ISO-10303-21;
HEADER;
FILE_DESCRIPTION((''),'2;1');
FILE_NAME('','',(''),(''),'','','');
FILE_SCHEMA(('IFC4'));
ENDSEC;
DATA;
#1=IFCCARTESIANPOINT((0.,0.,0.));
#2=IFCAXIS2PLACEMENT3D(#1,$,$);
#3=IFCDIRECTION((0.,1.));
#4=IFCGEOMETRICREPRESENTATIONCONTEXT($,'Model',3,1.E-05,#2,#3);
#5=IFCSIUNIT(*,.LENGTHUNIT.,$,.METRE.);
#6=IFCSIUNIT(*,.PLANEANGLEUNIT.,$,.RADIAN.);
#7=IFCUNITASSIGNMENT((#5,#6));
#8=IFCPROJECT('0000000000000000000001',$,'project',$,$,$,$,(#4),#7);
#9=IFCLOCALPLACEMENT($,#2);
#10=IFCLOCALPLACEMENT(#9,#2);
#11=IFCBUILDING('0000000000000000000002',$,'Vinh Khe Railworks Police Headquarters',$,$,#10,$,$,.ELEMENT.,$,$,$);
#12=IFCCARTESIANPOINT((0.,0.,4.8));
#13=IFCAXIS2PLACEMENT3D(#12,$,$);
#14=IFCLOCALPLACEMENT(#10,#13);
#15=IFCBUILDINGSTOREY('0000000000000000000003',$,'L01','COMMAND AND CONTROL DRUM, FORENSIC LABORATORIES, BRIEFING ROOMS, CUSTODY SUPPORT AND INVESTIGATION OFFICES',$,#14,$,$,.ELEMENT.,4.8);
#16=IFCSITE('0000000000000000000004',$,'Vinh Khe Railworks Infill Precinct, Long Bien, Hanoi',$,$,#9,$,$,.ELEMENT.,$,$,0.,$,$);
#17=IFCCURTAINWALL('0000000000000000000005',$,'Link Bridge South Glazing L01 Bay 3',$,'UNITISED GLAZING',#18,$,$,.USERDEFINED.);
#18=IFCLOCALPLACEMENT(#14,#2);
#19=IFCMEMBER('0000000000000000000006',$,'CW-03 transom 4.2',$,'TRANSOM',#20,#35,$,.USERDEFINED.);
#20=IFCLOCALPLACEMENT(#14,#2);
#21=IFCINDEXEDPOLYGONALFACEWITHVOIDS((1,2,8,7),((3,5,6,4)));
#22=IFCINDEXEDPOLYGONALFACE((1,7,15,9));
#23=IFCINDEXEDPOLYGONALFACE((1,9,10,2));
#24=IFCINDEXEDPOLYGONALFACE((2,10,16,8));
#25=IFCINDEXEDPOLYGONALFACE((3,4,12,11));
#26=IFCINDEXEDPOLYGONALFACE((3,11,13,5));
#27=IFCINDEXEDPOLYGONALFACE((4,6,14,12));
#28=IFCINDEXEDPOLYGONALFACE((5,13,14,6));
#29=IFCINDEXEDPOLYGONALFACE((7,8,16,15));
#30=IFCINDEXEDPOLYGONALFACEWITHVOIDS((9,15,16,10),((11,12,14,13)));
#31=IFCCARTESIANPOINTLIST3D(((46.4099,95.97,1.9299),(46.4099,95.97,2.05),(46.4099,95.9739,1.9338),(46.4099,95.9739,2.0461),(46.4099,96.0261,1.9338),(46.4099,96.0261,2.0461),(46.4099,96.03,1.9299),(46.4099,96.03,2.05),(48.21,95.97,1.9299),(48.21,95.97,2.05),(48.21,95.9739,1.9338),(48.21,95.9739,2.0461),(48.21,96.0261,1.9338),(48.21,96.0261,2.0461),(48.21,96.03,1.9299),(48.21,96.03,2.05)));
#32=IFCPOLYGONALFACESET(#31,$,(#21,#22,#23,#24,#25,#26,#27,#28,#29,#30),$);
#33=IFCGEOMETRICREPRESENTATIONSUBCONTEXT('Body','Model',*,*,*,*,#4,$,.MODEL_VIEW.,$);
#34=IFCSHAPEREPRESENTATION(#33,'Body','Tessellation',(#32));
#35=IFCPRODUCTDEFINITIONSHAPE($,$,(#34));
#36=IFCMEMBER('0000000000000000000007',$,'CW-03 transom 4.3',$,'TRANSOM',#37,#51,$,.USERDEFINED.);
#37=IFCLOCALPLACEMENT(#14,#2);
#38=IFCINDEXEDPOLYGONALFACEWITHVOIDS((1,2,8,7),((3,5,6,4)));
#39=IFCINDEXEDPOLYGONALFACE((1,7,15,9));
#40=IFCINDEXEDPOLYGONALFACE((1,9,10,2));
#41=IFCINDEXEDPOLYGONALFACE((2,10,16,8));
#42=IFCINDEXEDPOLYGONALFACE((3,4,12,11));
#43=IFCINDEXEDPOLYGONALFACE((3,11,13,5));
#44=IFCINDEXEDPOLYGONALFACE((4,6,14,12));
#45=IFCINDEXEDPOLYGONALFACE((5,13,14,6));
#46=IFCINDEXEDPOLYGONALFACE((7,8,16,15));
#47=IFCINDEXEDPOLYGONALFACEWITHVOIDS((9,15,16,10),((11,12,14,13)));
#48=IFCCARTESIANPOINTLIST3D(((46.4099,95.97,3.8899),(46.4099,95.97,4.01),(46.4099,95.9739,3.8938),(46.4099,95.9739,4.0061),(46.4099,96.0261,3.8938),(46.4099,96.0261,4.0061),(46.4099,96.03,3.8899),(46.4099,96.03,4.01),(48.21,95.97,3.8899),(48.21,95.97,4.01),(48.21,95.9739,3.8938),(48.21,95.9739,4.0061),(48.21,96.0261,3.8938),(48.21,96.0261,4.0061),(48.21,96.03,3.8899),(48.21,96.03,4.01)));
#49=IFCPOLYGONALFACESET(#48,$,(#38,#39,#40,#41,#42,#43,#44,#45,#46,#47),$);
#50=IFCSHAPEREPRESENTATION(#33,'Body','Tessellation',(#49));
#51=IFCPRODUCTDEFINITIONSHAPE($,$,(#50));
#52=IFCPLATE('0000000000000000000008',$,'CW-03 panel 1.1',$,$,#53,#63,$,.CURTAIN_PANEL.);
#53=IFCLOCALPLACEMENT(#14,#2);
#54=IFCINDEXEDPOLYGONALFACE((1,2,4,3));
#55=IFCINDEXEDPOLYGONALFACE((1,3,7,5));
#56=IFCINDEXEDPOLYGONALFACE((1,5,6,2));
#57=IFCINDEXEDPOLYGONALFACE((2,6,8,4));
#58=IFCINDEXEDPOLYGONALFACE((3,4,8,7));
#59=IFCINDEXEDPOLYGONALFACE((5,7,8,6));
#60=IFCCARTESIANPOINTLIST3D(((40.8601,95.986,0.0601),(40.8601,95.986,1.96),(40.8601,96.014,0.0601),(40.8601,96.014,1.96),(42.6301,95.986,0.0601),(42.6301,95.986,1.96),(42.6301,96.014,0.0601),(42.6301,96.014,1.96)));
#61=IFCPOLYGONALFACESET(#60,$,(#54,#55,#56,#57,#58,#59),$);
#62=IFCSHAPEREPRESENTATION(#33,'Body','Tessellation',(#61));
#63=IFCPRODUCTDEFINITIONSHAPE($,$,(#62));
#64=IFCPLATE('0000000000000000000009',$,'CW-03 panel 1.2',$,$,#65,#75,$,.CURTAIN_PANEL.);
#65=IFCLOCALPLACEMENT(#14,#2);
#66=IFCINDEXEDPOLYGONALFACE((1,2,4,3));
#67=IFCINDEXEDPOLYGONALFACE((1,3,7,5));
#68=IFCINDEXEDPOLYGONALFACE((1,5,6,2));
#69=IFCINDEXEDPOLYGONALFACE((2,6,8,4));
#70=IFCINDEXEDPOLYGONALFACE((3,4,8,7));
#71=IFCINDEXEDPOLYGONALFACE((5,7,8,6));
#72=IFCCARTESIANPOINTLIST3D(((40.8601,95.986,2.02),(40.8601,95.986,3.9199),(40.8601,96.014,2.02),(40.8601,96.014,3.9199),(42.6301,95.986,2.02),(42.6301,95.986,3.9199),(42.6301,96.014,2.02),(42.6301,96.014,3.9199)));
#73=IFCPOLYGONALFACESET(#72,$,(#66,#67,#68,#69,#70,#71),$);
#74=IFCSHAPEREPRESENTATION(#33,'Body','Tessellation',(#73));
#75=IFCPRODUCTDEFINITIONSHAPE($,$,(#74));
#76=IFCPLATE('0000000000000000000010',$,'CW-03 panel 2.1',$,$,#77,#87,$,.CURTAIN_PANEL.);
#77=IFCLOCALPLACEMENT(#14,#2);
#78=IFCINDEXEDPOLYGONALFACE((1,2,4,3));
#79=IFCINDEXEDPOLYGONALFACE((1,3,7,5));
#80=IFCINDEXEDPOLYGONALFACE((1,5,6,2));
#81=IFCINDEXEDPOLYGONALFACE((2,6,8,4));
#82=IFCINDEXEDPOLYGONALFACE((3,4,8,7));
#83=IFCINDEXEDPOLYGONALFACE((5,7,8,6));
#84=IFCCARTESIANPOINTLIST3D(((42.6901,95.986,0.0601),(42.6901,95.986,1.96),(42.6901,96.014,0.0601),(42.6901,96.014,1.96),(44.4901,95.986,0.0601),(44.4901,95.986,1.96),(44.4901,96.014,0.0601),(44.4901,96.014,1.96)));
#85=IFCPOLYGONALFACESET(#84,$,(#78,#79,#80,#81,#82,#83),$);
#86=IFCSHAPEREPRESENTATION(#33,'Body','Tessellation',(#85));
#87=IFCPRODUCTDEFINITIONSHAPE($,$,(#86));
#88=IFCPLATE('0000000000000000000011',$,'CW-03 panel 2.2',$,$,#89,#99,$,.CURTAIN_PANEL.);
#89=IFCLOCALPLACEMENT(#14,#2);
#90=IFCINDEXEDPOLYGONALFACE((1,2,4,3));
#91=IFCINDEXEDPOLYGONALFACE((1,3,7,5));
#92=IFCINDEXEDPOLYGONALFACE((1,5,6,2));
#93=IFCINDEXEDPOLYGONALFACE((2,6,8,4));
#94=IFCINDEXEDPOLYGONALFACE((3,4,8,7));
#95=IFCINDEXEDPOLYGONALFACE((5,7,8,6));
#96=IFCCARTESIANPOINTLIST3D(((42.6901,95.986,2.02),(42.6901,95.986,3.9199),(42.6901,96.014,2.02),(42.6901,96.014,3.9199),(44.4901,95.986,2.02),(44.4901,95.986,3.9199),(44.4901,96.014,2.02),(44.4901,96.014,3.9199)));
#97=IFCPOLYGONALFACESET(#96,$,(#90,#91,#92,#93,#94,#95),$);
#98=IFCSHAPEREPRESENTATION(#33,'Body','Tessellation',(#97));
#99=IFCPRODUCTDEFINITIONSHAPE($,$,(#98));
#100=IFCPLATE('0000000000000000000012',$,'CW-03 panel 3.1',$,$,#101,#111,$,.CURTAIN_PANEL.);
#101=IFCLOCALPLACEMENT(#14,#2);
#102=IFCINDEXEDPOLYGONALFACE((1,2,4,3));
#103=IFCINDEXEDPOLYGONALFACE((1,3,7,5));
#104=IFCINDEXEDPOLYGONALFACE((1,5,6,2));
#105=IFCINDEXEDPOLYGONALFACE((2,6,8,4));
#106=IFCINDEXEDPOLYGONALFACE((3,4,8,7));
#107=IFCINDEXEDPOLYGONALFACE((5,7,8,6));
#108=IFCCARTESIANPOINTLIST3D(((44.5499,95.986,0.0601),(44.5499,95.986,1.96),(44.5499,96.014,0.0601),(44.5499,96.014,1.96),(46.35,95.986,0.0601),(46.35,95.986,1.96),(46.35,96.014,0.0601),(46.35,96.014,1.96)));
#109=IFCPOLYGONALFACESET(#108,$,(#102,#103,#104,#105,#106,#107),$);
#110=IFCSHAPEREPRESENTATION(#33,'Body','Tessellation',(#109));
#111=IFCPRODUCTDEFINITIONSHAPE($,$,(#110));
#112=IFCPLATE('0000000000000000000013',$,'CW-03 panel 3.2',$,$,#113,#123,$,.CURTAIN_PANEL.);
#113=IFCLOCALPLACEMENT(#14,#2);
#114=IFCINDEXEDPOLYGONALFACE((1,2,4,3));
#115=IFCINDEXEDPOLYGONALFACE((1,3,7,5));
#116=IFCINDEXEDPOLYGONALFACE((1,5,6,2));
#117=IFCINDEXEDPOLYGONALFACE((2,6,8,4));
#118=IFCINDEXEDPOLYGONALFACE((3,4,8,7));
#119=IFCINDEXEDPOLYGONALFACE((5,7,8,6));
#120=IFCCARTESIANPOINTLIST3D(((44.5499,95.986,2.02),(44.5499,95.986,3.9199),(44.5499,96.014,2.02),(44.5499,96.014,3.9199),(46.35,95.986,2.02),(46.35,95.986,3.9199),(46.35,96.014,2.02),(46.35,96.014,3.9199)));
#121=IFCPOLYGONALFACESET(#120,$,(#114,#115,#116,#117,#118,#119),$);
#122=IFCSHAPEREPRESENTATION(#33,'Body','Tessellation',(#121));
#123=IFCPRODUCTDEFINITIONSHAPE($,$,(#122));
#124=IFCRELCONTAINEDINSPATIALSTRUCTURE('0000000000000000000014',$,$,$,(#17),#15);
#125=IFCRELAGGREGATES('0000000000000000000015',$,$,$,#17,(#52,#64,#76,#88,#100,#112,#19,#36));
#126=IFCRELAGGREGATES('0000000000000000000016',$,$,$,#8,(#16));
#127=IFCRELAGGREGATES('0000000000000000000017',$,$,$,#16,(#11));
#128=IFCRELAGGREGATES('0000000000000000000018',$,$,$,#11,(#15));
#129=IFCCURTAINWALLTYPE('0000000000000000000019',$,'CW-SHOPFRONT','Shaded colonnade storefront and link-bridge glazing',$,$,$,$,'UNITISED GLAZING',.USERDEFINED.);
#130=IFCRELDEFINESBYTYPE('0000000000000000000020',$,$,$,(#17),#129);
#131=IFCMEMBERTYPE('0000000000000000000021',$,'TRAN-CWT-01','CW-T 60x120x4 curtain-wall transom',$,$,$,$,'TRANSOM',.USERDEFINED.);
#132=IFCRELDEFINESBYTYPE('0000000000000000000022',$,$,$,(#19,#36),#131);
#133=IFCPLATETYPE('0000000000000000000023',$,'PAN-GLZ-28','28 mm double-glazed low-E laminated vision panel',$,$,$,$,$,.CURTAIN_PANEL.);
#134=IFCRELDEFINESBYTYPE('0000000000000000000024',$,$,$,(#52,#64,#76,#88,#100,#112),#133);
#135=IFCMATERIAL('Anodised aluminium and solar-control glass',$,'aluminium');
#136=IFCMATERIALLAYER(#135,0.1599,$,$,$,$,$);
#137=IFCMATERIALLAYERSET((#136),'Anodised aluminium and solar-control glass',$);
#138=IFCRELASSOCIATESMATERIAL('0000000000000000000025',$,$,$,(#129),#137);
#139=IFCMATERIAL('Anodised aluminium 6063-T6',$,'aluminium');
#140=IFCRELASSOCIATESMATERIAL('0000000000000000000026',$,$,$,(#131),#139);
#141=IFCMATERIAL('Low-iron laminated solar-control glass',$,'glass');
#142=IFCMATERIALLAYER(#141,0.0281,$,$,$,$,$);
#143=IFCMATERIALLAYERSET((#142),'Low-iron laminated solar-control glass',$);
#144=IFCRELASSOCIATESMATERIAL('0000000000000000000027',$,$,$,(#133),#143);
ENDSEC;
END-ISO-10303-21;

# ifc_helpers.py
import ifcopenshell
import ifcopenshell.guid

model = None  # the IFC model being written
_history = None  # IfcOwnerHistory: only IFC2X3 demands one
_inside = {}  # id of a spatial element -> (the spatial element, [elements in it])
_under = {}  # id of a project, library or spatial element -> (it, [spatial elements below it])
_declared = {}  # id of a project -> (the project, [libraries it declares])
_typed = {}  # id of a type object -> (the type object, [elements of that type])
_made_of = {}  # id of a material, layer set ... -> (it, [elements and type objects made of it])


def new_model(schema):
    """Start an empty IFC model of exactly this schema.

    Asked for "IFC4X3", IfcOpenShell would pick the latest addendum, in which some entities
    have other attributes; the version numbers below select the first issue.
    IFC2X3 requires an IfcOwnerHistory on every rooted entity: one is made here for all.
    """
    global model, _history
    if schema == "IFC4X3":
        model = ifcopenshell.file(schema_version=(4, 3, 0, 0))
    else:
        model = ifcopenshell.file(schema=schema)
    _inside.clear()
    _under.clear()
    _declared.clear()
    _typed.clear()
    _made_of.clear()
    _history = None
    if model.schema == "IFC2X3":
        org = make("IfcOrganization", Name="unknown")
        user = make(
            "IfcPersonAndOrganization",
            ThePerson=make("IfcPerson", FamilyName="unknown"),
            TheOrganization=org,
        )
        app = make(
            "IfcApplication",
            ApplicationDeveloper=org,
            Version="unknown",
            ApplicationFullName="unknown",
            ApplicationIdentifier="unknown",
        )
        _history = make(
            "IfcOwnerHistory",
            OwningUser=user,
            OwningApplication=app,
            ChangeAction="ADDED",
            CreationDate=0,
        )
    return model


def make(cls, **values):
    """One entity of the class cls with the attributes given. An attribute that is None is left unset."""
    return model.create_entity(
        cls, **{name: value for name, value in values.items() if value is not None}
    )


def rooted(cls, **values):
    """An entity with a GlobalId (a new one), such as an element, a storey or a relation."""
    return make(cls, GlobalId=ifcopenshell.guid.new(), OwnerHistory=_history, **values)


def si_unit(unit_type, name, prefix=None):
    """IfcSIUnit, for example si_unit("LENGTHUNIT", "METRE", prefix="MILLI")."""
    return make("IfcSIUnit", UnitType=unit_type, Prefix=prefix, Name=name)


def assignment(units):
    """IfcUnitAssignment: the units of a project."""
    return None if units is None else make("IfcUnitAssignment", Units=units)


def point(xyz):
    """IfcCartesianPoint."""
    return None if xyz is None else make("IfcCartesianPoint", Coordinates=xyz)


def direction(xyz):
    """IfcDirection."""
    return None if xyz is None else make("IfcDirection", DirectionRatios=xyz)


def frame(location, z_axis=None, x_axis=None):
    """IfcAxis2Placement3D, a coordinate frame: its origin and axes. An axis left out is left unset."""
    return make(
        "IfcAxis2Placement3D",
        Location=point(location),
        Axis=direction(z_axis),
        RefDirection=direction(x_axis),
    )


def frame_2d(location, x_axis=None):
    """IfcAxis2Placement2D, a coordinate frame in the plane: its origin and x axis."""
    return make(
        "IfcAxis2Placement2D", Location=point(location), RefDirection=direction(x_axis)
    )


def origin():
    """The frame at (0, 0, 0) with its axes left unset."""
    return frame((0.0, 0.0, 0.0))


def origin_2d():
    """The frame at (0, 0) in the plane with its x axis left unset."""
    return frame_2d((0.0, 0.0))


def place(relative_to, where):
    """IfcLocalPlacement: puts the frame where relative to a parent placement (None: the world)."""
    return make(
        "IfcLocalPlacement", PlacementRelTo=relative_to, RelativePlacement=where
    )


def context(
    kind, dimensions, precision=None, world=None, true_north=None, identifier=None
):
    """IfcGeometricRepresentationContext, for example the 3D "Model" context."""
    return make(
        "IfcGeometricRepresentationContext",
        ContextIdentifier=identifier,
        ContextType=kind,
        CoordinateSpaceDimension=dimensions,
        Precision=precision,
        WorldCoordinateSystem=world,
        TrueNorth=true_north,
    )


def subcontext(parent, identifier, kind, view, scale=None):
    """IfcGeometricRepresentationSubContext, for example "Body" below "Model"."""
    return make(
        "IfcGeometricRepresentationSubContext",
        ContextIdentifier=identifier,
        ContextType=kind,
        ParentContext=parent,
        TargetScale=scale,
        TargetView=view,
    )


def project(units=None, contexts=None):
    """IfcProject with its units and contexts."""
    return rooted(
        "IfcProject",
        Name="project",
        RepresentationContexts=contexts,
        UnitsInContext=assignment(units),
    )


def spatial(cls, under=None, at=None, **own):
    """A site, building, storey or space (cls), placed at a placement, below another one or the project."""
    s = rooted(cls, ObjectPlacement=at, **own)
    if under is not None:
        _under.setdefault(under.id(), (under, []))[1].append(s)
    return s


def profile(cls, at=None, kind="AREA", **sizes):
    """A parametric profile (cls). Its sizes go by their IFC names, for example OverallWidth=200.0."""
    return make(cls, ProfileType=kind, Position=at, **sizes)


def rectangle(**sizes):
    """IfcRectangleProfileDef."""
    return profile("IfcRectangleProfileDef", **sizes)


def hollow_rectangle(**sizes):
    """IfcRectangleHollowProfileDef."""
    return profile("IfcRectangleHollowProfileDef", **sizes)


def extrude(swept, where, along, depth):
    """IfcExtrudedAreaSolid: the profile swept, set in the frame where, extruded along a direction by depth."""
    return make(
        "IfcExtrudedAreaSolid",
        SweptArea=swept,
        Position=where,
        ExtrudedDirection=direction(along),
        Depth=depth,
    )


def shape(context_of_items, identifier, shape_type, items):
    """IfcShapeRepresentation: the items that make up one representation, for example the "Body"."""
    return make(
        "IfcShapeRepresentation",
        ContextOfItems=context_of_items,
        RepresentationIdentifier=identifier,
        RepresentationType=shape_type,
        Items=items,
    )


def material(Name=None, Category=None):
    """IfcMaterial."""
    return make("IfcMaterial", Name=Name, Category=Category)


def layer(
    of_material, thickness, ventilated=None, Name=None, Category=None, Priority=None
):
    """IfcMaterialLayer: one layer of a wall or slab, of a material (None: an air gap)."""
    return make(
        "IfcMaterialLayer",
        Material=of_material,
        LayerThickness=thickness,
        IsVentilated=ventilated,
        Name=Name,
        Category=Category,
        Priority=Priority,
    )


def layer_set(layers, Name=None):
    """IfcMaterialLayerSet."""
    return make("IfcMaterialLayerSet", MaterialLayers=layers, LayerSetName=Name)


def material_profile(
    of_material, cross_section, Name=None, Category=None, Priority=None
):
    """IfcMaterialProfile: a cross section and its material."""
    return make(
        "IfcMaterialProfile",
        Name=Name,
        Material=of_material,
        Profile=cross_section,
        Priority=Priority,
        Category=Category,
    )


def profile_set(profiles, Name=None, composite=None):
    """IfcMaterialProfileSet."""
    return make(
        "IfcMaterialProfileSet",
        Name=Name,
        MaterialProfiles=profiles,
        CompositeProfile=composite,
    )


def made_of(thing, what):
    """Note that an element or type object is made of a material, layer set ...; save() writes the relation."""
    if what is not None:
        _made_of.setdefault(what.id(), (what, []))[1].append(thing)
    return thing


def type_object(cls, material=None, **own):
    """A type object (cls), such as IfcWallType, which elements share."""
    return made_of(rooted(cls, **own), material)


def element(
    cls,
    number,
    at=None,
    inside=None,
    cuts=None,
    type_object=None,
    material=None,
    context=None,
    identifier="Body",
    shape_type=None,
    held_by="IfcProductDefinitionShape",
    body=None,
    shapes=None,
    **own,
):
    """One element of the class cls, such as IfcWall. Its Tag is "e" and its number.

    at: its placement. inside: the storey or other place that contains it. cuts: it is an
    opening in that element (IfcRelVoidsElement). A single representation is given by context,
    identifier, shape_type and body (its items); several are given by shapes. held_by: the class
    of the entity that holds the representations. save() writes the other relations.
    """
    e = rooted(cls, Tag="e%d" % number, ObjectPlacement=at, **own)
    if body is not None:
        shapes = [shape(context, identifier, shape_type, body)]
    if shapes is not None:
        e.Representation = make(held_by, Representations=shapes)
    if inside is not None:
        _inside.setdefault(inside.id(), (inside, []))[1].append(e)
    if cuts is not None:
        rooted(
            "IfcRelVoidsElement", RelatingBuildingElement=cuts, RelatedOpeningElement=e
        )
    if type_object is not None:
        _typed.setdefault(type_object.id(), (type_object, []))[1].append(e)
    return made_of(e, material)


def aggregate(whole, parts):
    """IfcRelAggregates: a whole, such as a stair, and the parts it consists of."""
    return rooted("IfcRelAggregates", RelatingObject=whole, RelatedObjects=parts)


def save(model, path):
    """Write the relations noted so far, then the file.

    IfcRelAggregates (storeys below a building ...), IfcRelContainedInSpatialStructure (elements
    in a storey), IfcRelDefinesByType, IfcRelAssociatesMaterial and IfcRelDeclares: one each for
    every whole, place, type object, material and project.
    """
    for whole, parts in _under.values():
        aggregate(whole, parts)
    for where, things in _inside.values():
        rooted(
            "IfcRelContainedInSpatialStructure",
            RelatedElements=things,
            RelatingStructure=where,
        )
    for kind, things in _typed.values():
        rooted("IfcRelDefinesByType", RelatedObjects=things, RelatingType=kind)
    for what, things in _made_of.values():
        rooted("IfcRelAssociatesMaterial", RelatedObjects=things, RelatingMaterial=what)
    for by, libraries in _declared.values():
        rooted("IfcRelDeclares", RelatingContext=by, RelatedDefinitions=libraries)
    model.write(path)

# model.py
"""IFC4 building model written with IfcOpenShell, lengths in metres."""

from ifc_helpers import new_model, si_unit, direction, frame, origin, origin_2d, place, context, subcontext, project, spatial, rectangle, hollow_rectangle, extrude, material, layer, layer_set, material_profile, profile_set, type_object, element, aggregate, save


model = new_model("IFC4")

# Units and contexts
model_context = context("Model", 3, precision=1e-05, world=origin(), true_north=direction((0.0, 1.0)))
body_context = subcontext(model_context, "Body", "Model", "MODEL_VIEW")
ifc_project = project(units=[si_unit("LENGTHUNIT", "METRE"), si_unit("PLANEANGLEUNIT", "RADIAN")], contexts=[model_context])

# Site, building, storey
site_placement = place(None, origin())
site = spatial("IfcSite", under=ifc_project, at=site_placement, Name="Vinh Khe Railworks Infill Precinct, Long Bien, Hanoi", CompositionType="ELEMENT", RefElevation=0.0)
building_placement = place(site_placement, origin())
building = spatial("IfcBuilding", under=site, at=building_placement, Name="Vinh Khe Railworks Police Headquarters", CompositionType="ELEMENT")
storey_placement = place(building_placement, frame((0.0, 0.0, 4.8)))
storey = spatial("IfcBuildingStorey", under=building, at=storey_placement, Name="L01", Description="COMMAND AND CONTROL DRUM, FORENSIC LABORATORIES, BRIEFING ROOMS, CUSTODY SUPPORT AND INVESTIGATION OFFICES", CompositionType="ELEMENT", Elevation=4.8)

# Curtain wall
ifc_material_1 = material(Name="Anodised aluminium and solar-control glass", Category="aluminium")
ifc_layer_1 = layer(ifc_material_1, 0.1599)
ifc_layer_set_1 = layer_set([ifc_layer_1], Name="Anodised aluminium and solar-control glass")
curtain_wall_type = type_object("IfcCurtainWallType", Name="CW-SHOPFRONT", Description="Shaded colonnade storefront and link-bridge glazing", ElementType="UNITISED GLAZING", PredefinedType="USERDEFINED", material=ifc_layer_set_1)
curtain_wall_placement = place(storey_placement, origin())
curtain_wall = element("IfcCurtainWall", 1, at=curtain_wall_placement, inside=storey, type_object=curtain_wall_type, Name="Link Bridge South Glazing L01 Bay 3", ObjectType="UNITISED GLAZING", PredefinedType="USERDEFINED")
ifc_material_2 = material(Name="Anodised aluminium 6063-T6", Category="aluminium")

# Members
ifc_material_profile_1 = material_profile(ifc_material_2, hollow_rectangle(XDim=0.0601, YDim=0.1201, WallThickness=0.0039, at=origin_2d()), Name="CW-T 60x120x4")
ifc_profile_set_1 = profile_set([ifc_material_profile_1], Name="Anodised aluminium 6063-T6")
member_type_1 = type_object("IfcMemberType", Name="TRAN-CWT-01", Description="CW-T 60x120x4 curtain-wall transom", ElementType="TRANSOM", PredefinedType="USERDEFINED", material=ifc_profile_set_1)
member_1_placement = place(storey_placement, frame((46.4099, 96.0, 1.99), z_axis=(1.0, 0.0, 0.0), x_axis=(0.0, 1.0, 0.0)))
member_1 = element("IfcMember", 2, at=member_1_placement, type_object=member_type_1, Name="CW-03 transom 4.2", ObjectType="TRANSOM", PredefinedType="USERDEFINED", context=body_context, shape_type="SweptSolid", body=[
    extrude(hollow_rectangle(XDim=0.0601, YDim=0.1201, WallThickness=0.0039, at=origin_2d()), origin(), (0.0, 0.0, 1.0), 1.8),
])
member_2_placement = place(storey_placement, frame((46.4099, 96.0, 3.95), z_axis=(1.0, 0.0, 0.0), x_axis=(0.0, 1.0, 0.0)))
member_2 = element("IfcMember", 3, at=member_2_placement, type_object=member_type_1, Name="CW-03 transom 4.3", ObjectType="TRANSOM", PredefinedType="USERDEFINED", context=body_context, shape_type="SweptSolid", body=[
    extrude(hollow_rectangle(XDim=0.0601, YDim=0.1201, WallThickness=0.0039, at=origin_2d()), origin(), (0.0, 0.0, 1.0), 1.8),
])

# Plates
ifc_material_3 = material(Name="Low-iron laminated solar-control glass", Category="glass")
ifc_layer_2 = layer(ifc_material_3, 0.0281)
ifc_layer_set_2 = layer_set([ifc_layer_2], Name="Low-iron laminated solar-control glass")
plate_type = type_object("IfcPlateType", Name="PAN-GLZ-28", Description="28 mm double-glazed low-E laminated vision panel", PredefinedType="CURTAIN_PANEL", material=ifc_layer_set_2)
plate_1_placement = place(storey_placement, frame((41.7451, 96.0, 0.0601), z_axis=(0.0, 0.0, 1.0), x_axis=(1.0, 0.0, 0.0)))
plate_1 = element("IfcPlate", 4, at=plate_1_placement, type_object=plate_type, Name="CW-03 panel 1.1", PredefinedType="CURTAIN_PANEL", context=body_context, shape_type="SweptSolid", body=[
    extrude(rectangle(XDim=1.77, YDim=0.0281, at=origin_2d()), origin(), (0.0, 0.0, 1.0), 1.8999),
])
plate_2_placement = place(storey_placement, frame((41.7451, 96.0, 2.02), z_axis=(0.0, 0.0, 1.0), x_axis=(1.0, 0.0, 0.0)))
plate_2 = element("IfcPlate", 5, at=plate_2_placement, type_object=plate_type, Name="CW-03 panel 1.2", PredefinedType="CURTAIN_PANEL", context=body_context, shape_type="SweptSolid", body=[
    extrude(rectangle(XDim=1.77, YDim=0.0281, at=origin_2d()), origin(), (0.0, 0.0, 1.0), 1.8999),
])
plate_3_placement = place(storey_placement, frame((43.5901, 96.0, 0.0601), z_axis=(0.0, 0.0, 1.0), x_axis=(1.0, 0.0, 0.0)))
plate_3 = element("IfcPlate", 6, at=plate_3_placement, type_object=plate_type, Name="CW-03 panel 2.1", PredefinedType="CURTAIN_PANEL", context=body_context, shape_type="SweptSolid", body=[
    extrude(rectangle(XDim=1.8, YDim=0.0281, at=origin_2d()), origin(), (0.0, 0.0, 1.0), 1.8999),
])
plate_4_placement = place(storey_placement, frame((43.5901, 96.0, 2.02), z_axis=(0.0, 0.0, 1.0), x_axis=(1.0, 0.0, 0.0)))
plate_4 = element("IfcPlate", 7, at=plate_4_placement, type_object=plate_type, Name="CW-03 panel 2.2", PredefinedType="CURTAIN_PANEL", context=body_context, shape_type="SweptSolid", body=[
    extrude(rectangle(XDim=1.8, YDim=0.0281, at=origin_2d()), origin(), (0.0, 0.0, 1.0), 1.8999),
])
plate_5_placement = place(storey_placement, frame((45.45, 96.0, 0.0601), z_axis=(0.0, 0.0, 1.0), x_axis=(1.0, 0.0, 0.0)))
plate_5 = element("IfcPlate", 8, at=plate_5_placement, type_object=plate_type, Name="CW-03 panel 3.1", PredefinedType="CURTAIN_PANEL", context=body_context, shape_type="SweptSolid", body=[
    extrude(rectangle(XDim=1.8, YDim=0.0281, at=origin_2d()), origin(), (0.0, 0.0, 1.0), 1.8999),
])
plate_6_placement = place(storey_placement, frame((45.45, 96.0, 2.02), z_axis=(0.0, 0.0, 1.0), x_axis=(1.0, 0.0, 0.0)))
plate_6 = element("IfcPlate", 9, at=plate_6_placement, type_object=plate_type, Name="CW-03 panel 3.2", PredefinedType="CURTAIN_PANEL", context=body_context, shape_type="SweptSolid", body=[
    extrude(rectangle(XDim=1.8, YDim=0.0281, at=origin_2d()), origin(), (0.0, 0.0, 1.0), 1.8999),
])
aggregate(curtain_wall, [plate_1, plate_2, plate_3, plate_4, plate_5, plate_6, member_1, member_2])

save(model, "model.ifc")
